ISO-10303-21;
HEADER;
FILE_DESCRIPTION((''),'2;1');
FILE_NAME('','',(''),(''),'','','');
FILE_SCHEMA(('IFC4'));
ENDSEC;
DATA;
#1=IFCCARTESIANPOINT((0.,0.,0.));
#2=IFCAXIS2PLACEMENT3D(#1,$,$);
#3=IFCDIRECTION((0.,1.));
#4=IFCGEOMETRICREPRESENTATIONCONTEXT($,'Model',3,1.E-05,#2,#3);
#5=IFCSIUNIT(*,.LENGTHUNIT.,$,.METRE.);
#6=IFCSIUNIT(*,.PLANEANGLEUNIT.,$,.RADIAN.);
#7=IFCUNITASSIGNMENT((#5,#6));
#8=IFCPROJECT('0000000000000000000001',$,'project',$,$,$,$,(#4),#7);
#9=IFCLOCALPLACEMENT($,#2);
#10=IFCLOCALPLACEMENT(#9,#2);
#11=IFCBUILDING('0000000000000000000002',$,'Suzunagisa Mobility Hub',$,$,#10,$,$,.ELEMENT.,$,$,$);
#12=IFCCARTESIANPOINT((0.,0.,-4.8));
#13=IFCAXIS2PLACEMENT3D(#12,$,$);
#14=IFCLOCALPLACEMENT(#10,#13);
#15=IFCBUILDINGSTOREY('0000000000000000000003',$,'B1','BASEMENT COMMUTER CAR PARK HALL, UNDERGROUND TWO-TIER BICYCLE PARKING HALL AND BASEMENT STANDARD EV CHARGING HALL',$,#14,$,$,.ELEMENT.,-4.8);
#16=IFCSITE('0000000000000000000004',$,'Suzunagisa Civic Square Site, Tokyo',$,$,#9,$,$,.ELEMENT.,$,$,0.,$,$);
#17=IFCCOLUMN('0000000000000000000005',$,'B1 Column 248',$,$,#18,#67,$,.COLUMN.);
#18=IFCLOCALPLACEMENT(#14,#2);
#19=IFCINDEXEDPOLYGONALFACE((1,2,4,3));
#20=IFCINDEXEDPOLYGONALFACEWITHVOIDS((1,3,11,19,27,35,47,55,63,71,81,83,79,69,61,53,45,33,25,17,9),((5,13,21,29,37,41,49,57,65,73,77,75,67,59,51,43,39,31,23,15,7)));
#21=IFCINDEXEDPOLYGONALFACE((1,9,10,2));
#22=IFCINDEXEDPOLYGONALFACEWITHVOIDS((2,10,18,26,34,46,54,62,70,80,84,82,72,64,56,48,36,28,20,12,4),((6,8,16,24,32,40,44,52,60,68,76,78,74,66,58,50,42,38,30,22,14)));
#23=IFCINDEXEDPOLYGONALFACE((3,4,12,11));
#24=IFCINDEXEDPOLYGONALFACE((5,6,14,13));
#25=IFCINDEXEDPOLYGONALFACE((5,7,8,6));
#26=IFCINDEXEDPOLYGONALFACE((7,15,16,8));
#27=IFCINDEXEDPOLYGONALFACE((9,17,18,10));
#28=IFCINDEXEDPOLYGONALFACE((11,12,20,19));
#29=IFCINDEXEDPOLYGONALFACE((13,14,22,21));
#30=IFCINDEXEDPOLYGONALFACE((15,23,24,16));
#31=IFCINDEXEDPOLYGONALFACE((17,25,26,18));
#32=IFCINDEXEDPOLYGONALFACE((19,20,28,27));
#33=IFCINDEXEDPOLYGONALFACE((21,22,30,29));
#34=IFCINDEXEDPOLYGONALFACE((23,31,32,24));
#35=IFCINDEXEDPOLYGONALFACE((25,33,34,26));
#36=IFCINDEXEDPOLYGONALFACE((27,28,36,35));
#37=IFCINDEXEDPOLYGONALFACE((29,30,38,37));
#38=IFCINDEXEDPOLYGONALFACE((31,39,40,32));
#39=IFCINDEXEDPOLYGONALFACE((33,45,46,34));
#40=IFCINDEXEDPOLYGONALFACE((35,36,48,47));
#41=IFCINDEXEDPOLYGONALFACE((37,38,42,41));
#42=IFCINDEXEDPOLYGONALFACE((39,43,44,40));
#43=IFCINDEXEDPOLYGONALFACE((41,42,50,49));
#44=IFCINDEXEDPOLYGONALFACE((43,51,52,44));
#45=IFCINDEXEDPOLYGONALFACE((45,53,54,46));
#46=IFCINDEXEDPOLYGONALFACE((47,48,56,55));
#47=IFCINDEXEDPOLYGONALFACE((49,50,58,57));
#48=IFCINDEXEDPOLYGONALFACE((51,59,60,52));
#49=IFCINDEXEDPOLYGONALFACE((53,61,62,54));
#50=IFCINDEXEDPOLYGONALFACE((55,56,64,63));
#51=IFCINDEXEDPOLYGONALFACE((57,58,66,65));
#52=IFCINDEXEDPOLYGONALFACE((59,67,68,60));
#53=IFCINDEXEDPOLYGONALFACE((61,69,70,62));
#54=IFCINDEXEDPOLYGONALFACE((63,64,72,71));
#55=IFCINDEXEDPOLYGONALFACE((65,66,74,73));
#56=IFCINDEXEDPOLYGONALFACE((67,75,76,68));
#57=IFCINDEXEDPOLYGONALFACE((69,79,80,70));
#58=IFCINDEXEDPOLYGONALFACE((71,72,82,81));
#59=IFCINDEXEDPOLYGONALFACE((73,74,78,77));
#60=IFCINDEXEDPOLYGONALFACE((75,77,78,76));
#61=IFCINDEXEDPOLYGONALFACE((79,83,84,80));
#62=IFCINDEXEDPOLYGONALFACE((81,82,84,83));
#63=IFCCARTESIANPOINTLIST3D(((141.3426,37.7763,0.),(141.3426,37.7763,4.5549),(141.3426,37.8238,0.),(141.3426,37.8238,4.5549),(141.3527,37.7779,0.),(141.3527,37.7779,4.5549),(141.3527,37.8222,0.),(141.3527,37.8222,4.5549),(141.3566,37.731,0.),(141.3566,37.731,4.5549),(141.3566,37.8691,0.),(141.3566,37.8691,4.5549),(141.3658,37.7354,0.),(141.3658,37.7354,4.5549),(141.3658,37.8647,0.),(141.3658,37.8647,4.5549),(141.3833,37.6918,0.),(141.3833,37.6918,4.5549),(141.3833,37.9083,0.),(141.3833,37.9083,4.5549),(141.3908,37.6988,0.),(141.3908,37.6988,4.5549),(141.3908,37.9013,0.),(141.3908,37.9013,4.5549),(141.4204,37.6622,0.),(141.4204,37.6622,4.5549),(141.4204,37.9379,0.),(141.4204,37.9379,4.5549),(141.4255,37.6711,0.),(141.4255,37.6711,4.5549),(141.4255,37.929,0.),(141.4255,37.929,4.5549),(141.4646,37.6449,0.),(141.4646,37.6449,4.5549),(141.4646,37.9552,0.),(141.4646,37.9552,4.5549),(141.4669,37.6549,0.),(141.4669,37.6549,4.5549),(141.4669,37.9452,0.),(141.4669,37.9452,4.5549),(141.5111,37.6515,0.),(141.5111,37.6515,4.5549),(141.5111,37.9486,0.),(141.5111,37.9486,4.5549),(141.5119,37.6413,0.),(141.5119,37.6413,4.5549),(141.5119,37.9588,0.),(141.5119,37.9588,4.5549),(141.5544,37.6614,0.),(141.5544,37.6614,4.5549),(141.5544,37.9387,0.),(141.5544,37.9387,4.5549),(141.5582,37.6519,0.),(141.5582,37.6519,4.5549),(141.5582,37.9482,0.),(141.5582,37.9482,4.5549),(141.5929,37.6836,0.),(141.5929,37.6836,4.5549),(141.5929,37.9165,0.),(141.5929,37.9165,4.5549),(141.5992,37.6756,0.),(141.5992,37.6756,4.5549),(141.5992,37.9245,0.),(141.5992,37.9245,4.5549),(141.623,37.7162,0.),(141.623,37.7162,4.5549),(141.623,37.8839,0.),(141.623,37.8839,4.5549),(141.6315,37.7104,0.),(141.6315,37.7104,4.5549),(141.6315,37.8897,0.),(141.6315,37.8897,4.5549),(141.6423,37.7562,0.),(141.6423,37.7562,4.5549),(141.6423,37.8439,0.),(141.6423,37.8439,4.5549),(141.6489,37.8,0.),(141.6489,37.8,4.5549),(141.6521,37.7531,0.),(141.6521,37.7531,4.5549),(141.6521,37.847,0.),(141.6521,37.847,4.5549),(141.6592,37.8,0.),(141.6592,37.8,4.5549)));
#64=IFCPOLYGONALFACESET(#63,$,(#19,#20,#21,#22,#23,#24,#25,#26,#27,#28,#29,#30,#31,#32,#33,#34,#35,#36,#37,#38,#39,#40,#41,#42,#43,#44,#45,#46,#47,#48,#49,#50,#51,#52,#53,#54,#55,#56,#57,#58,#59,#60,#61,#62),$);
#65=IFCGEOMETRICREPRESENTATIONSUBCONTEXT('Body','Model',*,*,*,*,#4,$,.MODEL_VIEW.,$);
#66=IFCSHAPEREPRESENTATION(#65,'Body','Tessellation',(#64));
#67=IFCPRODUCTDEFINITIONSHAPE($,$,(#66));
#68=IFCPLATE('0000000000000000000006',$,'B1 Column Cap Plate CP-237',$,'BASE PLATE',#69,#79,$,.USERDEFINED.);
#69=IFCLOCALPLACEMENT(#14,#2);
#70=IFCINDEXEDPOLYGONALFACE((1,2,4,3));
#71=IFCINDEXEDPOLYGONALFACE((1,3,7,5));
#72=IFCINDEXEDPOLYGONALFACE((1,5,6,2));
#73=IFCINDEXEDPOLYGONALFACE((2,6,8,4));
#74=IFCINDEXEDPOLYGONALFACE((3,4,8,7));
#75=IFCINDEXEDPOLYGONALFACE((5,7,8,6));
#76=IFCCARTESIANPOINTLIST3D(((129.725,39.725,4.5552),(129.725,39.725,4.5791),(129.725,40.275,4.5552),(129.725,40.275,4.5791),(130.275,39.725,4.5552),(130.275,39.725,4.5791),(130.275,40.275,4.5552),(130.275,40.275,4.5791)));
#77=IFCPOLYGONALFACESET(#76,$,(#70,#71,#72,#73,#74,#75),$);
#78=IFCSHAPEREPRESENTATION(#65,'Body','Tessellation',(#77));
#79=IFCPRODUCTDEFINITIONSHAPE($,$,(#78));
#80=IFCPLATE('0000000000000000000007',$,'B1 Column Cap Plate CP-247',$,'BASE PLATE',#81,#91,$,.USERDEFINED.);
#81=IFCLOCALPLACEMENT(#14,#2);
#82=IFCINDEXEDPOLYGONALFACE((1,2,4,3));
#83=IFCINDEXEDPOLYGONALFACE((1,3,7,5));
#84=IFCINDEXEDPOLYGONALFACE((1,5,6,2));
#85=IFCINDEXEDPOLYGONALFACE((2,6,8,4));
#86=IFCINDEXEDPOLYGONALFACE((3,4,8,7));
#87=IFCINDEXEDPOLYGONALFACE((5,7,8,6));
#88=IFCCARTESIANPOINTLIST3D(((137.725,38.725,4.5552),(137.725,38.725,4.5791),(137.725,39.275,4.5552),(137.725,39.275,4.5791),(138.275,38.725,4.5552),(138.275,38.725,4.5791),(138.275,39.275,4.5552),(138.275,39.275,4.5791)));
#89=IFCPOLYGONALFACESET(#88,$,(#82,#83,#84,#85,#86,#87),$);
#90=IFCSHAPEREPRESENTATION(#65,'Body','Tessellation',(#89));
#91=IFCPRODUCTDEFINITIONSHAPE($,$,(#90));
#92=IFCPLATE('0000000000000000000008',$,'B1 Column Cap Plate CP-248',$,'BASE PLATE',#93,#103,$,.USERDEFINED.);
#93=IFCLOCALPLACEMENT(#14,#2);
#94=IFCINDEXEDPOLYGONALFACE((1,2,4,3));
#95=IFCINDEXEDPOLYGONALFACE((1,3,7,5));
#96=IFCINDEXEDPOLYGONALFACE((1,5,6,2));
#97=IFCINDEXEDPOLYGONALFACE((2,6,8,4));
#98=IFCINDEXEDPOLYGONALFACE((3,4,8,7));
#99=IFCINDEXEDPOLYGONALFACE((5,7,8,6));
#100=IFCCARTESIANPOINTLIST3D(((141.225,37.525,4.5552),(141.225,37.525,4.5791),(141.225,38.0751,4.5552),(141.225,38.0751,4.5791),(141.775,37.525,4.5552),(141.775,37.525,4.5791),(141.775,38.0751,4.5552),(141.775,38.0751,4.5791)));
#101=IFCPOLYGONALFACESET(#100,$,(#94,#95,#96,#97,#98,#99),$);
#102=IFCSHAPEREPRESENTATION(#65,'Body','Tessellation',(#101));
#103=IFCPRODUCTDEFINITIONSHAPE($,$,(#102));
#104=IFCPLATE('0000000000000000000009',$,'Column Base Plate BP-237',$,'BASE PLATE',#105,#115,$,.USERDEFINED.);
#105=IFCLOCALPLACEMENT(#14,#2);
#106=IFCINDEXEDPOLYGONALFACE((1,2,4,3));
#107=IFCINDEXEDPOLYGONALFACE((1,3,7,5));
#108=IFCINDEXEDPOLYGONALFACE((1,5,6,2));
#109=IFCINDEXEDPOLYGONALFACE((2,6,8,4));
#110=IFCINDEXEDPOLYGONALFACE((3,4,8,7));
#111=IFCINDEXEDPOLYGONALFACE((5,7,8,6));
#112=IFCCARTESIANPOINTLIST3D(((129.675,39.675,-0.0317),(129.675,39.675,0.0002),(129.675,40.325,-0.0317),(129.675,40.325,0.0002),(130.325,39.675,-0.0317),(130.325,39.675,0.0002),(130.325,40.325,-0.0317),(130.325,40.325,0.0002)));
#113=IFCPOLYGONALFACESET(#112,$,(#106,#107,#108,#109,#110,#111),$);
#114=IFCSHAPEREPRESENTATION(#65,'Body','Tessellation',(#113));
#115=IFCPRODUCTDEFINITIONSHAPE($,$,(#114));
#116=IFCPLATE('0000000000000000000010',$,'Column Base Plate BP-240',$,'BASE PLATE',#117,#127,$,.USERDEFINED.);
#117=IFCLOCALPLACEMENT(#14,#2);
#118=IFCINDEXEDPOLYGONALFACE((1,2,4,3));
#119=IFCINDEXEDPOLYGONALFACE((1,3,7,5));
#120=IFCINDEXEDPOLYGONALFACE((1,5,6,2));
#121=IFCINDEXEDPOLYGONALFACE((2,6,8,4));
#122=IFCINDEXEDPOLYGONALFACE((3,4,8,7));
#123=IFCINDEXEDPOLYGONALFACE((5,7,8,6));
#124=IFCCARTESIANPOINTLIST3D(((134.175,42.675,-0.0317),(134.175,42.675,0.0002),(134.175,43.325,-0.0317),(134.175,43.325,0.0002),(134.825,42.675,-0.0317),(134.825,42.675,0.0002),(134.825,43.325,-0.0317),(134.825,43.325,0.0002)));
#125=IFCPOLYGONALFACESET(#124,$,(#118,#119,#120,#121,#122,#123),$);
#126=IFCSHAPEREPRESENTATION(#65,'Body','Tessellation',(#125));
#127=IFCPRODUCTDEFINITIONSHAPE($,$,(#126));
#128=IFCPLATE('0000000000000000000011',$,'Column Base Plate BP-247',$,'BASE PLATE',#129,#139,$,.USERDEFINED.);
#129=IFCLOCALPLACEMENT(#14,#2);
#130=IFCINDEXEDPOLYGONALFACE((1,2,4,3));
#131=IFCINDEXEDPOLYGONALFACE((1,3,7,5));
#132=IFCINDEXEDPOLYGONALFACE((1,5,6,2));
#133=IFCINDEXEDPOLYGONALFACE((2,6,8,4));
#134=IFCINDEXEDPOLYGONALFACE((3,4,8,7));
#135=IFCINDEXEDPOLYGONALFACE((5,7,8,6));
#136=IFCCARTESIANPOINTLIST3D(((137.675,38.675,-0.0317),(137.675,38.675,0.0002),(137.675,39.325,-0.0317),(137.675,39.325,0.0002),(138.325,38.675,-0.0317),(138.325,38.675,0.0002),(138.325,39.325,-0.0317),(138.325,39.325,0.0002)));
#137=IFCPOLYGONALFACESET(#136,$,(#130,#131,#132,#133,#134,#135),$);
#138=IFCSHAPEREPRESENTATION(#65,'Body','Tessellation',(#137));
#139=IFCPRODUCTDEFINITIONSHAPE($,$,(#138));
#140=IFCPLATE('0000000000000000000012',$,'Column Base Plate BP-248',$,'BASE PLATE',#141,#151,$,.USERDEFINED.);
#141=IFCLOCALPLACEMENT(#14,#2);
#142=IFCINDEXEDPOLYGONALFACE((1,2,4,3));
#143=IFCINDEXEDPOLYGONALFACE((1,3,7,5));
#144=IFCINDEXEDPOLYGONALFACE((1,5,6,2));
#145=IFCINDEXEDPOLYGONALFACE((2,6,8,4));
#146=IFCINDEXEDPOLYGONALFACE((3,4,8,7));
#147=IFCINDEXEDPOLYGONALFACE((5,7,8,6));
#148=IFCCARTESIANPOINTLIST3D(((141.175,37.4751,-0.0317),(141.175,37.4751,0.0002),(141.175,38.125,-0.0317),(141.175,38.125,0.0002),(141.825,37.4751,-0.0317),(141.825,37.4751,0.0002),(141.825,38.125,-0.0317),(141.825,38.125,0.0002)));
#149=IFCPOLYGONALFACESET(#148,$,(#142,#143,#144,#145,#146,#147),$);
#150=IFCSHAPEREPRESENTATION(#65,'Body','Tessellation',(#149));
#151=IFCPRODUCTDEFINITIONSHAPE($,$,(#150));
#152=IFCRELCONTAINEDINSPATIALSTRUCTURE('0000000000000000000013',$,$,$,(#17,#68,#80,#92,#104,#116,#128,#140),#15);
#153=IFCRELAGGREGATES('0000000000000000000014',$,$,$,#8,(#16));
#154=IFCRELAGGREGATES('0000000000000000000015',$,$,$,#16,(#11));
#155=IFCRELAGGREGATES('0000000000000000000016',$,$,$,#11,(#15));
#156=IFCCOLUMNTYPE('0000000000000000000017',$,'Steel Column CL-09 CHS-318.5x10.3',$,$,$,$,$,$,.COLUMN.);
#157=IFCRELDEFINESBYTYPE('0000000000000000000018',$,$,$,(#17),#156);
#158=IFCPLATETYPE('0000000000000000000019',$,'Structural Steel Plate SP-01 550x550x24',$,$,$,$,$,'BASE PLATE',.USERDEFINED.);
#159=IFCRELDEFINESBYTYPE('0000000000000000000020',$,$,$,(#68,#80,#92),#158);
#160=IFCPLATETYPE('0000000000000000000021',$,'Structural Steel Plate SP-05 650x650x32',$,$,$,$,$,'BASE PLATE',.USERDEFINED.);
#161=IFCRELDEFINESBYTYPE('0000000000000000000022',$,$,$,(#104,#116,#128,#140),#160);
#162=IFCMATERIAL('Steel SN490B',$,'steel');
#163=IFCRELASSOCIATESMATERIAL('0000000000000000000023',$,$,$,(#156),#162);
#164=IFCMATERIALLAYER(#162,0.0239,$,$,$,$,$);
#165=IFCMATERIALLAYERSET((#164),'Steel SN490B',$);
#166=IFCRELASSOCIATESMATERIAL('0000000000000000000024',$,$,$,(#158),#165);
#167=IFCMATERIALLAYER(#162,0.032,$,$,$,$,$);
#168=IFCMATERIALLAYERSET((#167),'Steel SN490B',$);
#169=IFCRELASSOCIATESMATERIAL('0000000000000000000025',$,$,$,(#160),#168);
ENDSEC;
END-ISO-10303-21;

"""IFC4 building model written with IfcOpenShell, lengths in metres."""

from ifc_helpers import new_model, si_unit, direction, frame, origin, origin_2d, place, context, subcontext, project, spatial, rectangle, hollow_circle, extrude, material, layer, layer_set, material_profile, profile_set, type_object, element, save


model = new_model("IFC4")

# Units and contexts
model_context = context("Model", 3, precision=1e-05, world=origin(), true_north=direction((0.0, 1.0)))
body_context = subcontext(model_context, "Body", "Model", "MODEL_VIEW")
ifc_project = project(units=[si_unit("LENGTHUNIT", "METRE"), si_unit("PLANEANGLEUNIT", "RADIAN")], contexts=[model_context])

# Site, building, storey
site_placement = place(None, origin())
site = spatial("IfcSite", under=ifc_project, at=site_placement, Name="Suzunagisa Civic Square Site, Tokyo", CompositionType="ELEMENT", RefElevation=0.0)
building_placement = place(site_placement, origin())
building = spatial("IfcBuilding", under=site, at=building_placement, Name="Suzunagisa Mobility Hub", CompositionType="ELEMENT")
storey_placement = place(building_placement, frame((0.0, 0.0, -4.8)))
storey = spatial("IfcBuildingStorey", under=building, at=storey_placement, Name="B1", Description="BASEMENT COMMUTER CAR PARK HALL, UNDERGROUND TWO-TIER BICYCLE PARKING HALL AND BASEMENT STANDARD EV CHARGING HALL", CompositionType="ELEMENT", Elevation=-4.8)

# Column
ifc_material_1 = material(Name="Steel SN490B", Category="steel")
ifc_material_profile_1 = material_profile(ifc_material_1, hollow_circle(Radius=0.1592, WallThickness=0.0103, at=origin_2d()), Name="CHS-318.5x10.3")
ifc_profile_set_1 = profile_set([ifc_material_profile_1], Name="Steel SN490B")
column_type = type_object("IfcColumnType", Name="Steel Column CL-09 CHS-318.5x10.3", PredefinedType="COLUMN", material=ifc_profile_set_1)
for number, where, z_axis, x_axis, name in (
    (1, (141.5, 37.8, 0.0), (0.0, 0.0, 1.0), (1.0, 0.0, 0.0), "B1 Column 248"),
):
    element("IfcColumn", number, at=place(storey_placement, frame(where, z_axis=z_axis, x_axis=x_axis)), inside=storey, type_object=column_type, Name=name, PredefinedType="COLUMN", context=body_context, shape_type="SweptSolid", body=[
        extrude(hollow_circle(Radius=0.1592, WallThickness=0.0103, at=origin_2d()), origin(), (0.0, 0.0, 1.0), 4.5549),
    ])

# Plates
ifc_layer_1 = layer(ifc_material_1, 0.0239)
ifc_layer_set_1 = layer_set([ifc_layer_1], Name="Steel SN490B")
plate_type_1 = type_object("IfcPlateType", Name="Structural Steel Plate SP-01 550x550x24", ElementType="BASE PLATE", PredefinedType="USERDEFINED", material=ifc_layer_set_1)
for number, where, z_axis, x_axis, name in (
    (2, (130.0, 40.0, 4.5552), (0.0, 0.0, 1.0), (1.0, 0.0, 0.0), "B1 Column Cap Plate CP-237"),
    (3, (138.0, 39.0, 4.5552), (0.0, 0.0, 1.0), (1.0, 0.0, 0.0), "B1 Column Cap Plate CP-247"),
    (4, (141.5, 37.8, 4.5552), (0.0, 0.0, 1.0), (1.0, 0.0, 0.0), "B1 Column Cap Plate CP-248"),
):
    element("IfcPlate", number, at=place(storey_placement, frame(where, z_axis=z_axis, x_axis=x_axis)), inside=storey, type_object=plate_type_1, Name=name, ObjectType="BASE PLATE", PredefinedType="USERDEFINED", context=body_context, shape_type="SweptSolid", body=[
        extrude(rectangle(XDim=0.55, YDim=0.55, at=origin_2d()), origin(), (0.0, 0.0, 1.0), 0.0239),
    ])
ifc_layer_2 = layer(ifc_material_1, 0.032)
ifc_layer_set_2 = layer_set([ifc_layer_2], Name="Steel SN490B")
plate_type_2 = type_object("IfcPlateType", Name="Structural Steel Plate SP-05 650x650x32", ElementType="BASE PLATE", PredefinedType="USERDEFINED", material=ifc_layer_set_2)
for number, where, z_axis, x_axis, name in (
    (5, (130.0, 40.0, -0.0317), (0.0, 0.0, 1.0), (1.0, 0.0, 0.0), "Column Base Plate BP-237"),
    (6, (134.5, 43.0, -0.0317), (0.0, 0.0, 1.0), (1.0, 0.0, 0.0), "Column Base Plate BP-240"),
    (7, (138.0, 39.0, -0.0317), (0.0, 0.0, 1.0), (1.0, 0.0, 0.0), "Column Base Plate BP-247"),
    (8, (141.5, 37.8, -0.0317), (0.0, 0.0, 1.0), (1.0, 0.0, 0.0), "Column Base Plate BP-248"),
):
    element("IfcPlate", number, at=place(storey_placement, frame(where, z_axis=z_axis, x_axis=x_axis)), inside=storey, type_object=plate_type_2, Name=name, ObjectType="BASE PLATE", PredefinedType="USERDEFINED", context=body_context, shape_type="SweptSolid", body=[
        extrude(rectangle(XDim=0.6499, YDim=0.6499, at=origin_2d()), origin(), (0.0, 0.0, 1.0), 0.032),
    ])

save(model, "model.ifc")
